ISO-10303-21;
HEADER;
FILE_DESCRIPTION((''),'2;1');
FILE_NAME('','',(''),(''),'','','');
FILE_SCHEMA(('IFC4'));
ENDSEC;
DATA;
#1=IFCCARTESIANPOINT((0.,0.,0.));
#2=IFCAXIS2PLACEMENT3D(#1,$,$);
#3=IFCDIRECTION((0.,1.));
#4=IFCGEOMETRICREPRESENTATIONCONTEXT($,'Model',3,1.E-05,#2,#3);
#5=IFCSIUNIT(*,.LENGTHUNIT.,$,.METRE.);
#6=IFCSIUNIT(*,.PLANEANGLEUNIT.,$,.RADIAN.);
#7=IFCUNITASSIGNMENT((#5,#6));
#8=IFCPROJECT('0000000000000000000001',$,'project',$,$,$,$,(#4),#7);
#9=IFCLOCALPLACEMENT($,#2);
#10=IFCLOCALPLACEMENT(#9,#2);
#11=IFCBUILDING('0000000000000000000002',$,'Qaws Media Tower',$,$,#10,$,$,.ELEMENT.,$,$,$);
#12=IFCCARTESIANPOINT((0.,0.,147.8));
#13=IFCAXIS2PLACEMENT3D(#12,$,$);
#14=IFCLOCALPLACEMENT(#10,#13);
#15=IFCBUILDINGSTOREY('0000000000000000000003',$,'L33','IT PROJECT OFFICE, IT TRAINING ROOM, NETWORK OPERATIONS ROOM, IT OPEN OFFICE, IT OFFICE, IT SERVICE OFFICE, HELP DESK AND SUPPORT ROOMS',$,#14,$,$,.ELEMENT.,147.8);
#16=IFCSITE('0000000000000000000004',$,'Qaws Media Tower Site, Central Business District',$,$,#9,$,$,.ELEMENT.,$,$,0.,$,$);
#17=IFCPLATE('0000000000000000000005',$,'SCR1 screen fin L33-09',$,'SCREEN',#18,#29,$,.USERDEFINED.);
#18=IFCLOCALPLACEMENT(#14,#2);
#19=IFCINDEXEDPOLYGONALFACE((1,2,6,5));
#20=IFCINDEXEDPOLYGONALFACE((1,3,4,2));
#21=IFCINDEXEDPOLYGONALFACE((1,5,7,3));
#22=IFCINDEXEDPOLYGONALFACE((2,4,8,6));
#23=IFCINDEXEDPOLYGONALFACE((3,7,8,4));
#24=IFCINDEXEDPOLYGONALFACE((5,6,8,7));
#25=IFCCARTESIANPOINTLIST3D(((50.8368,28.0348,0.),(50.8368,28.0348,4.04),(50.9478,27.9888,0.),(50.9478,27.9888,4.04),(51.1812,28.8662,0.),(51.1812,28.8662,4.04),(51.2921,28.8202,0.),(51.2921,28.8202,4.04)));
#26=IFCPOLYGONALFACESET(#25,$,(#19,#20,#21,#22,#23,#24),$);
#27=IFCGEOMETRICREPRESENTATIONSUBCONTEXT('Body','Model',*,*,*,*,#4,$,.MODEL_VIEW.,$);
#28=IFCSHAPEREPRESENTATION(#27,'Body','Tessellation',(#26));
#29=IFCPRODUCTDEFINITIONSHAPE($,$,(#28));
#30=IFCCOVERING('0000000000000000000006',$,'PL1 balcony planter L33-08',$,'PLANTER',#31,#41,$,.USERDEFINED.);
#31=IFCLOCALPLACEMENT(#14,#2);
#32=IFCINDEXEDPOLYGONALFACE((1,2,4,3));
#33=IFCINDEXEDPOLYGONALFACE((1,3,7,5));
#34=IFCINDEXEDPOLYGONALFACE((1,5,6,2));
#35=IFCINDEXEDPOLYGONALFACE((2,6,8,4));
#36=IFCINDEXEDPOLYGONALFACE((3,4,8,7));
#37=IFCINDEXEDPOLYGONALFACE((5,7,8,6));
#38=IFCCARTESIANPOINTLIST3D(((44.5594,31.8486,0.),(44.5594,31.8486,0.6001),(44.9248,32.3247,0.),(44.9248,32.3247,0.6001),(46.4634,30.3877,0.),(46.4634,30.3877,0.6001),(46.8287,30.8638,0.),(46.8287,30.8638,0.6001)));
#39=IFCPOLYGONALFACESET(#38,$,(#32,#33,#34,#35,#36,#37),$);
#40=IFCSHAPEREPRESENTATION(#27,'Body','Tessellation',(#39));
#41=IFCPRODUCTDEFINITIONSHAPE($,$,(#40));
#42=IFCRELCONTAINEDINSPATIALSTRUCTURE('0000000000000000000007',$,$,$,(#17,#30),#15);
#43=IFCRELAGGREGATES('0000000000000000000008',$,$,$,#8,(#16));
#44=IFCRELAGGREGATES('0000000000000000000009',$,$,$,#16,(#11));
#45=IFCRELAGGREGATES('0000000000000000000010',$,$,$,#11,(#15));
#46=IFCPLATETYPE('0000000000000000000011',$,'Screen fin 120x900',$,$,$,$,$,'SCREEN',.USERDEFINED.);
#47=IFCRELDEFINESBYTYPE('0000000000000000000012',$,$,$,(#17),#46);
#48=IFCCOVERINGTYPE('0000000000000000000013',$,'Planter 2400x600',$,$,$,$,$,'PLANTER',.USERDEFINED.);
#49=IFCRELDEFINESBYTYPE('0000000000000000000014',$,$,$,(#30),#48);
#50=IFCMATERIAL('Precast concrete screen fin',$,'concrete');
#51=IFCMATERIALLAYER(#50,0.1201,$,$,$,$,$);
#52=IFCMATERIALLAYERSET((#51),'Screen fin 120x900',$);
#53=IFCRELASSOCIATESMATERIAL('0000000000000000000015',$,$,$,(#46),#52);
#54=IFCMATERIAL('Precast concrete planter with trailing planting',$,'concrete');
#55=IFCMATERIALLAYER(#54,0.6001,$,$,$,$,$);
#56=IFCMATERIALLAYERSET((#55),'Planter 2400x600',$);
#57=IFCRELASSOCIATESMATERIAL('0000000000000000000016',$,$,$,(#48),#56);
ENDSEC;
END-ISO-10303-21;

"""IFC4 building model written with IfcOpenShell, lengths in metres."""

from ifc_helpers import new_model, si_unit, direction, frame, origin, origin_2d, place, context, subcontext, project, spatial, rectangle, extrude, material, layer, layer_set, type_object, element, save


model = new_model("IFC4")

# Units and contexts
model_context = context("Model", 3, precision=1e-05, world=origin(), true_north=direction((0.0, 1.0)))
body_context = subcontext(model_context, "Body", "Model", "MODEL_VIEW")
ifc_project = project(units=[si_unit("LENGTHUNIT", "METRE"), si_unit("PLANEANGLEUNIT", "RADIAN")], contexts=[model_context])

# Site, building, storey
site_placement = place(None, origin())
site = spatial("IfcSite", under=ifc_project, at=site_placement, Name="Qaws Media Tower Site, Central Business District", CompositionType="ELEMENT", RefElevation=0.0)
building_placement = place(site_placement, origin())
building = spatial("IfcBuilding", under=site, at=building_placement, Name="Qaws Media Tower", CompositionType="ELEMENT")
storey_placement = place(building_placement, frame((0.0, 0.0, 147.8)))
storey = spatial("IfcBuildingStorey", under=building, at=storey_placement, Name="L33", Description="IT PROJECT OFFICE, IT TRAINING ROOM, NETWORK OPERATIONS ROOM, IT OPEN OFFICE, IT OFFICE, IT SERVICE OFFICE, HELP DESK AND SUPPORT ROOMS", CompositionType="ELEMENT", Elevation=147.8)

# Plate
ifc_material_1 = material(Name="Precast concrete screen fin", Category="concrete")
ifc_layer_1 = layer(ifc_material_1, 0.1201)
ifc_layer_set_1 = layer_set([ifc_layer_1], Name="Screen fin 120x900")
plate_type_1 = type_object("IfcPlateType", Name="Screen fin 120x900", ElementType="SCREEN", PredefinedType="USERDEFINED", material=ifc_layer_set_1)
plate_1_placement = place(storey_placement, frame((51.0645, 28.4275, 0.0), z_axis=(0.0, 0.0, 1.0), x_axis=(-0.382683, -0.92388, 0.0)))
element("IfcPlate", 1, at=plate_1_placement, inside=storey, type_object=plate_type_1, Name="SCR1 screen fin L33-09", ObjectType="SCREEN", PredefinedType="USERDEFINED", context=body_context, shape_type="SweptSolid", body=[
    extrude(rectangle(XDim=0.8999, YDim=0.1201, at=origin_2d()), origin(), (0.0, 0.0, 1.0), 4.04),
])

# Covering
ifc_material_2 = material(Name="Precast concrete planter with trailing planting", Category="concrete")
ifc_layer_2 = layer(ifc_material_2, 0.6001)
ifc_layer_set_2 = layer_set([ifc_layer_2], Name="Planter 2400x600")
covering_type = type_object("IfcCoveringType", Name="Planter 2400x600", ElementType="PLANTER", PredefinedType="USERDEFINED", material=ifc_layer_set_2)
covering_placement = place(storey_placement, frame((45.6941, 31.3562, 0.0), z_axis=(0.0, 0.0, 1.0), x_axis=(0.793353, -0.608761, 0.0)))
element("IfcCovering", 2, at=covering_placement, inside=storey, type_object=covering_type, Name="PL1 balcony planter L33-08", ObjectType="PLANTER", PredefinedType="USERDEFINED", context=body_context, shape_type="SweptSolid", body=[
    extrude(rectangle(XDim=2.3999, YDim=0.6001, at=origin_2d()), origin(), (0.0, 0.0, 1.0), 0.6001),
])

save(model, "model.ifc")
